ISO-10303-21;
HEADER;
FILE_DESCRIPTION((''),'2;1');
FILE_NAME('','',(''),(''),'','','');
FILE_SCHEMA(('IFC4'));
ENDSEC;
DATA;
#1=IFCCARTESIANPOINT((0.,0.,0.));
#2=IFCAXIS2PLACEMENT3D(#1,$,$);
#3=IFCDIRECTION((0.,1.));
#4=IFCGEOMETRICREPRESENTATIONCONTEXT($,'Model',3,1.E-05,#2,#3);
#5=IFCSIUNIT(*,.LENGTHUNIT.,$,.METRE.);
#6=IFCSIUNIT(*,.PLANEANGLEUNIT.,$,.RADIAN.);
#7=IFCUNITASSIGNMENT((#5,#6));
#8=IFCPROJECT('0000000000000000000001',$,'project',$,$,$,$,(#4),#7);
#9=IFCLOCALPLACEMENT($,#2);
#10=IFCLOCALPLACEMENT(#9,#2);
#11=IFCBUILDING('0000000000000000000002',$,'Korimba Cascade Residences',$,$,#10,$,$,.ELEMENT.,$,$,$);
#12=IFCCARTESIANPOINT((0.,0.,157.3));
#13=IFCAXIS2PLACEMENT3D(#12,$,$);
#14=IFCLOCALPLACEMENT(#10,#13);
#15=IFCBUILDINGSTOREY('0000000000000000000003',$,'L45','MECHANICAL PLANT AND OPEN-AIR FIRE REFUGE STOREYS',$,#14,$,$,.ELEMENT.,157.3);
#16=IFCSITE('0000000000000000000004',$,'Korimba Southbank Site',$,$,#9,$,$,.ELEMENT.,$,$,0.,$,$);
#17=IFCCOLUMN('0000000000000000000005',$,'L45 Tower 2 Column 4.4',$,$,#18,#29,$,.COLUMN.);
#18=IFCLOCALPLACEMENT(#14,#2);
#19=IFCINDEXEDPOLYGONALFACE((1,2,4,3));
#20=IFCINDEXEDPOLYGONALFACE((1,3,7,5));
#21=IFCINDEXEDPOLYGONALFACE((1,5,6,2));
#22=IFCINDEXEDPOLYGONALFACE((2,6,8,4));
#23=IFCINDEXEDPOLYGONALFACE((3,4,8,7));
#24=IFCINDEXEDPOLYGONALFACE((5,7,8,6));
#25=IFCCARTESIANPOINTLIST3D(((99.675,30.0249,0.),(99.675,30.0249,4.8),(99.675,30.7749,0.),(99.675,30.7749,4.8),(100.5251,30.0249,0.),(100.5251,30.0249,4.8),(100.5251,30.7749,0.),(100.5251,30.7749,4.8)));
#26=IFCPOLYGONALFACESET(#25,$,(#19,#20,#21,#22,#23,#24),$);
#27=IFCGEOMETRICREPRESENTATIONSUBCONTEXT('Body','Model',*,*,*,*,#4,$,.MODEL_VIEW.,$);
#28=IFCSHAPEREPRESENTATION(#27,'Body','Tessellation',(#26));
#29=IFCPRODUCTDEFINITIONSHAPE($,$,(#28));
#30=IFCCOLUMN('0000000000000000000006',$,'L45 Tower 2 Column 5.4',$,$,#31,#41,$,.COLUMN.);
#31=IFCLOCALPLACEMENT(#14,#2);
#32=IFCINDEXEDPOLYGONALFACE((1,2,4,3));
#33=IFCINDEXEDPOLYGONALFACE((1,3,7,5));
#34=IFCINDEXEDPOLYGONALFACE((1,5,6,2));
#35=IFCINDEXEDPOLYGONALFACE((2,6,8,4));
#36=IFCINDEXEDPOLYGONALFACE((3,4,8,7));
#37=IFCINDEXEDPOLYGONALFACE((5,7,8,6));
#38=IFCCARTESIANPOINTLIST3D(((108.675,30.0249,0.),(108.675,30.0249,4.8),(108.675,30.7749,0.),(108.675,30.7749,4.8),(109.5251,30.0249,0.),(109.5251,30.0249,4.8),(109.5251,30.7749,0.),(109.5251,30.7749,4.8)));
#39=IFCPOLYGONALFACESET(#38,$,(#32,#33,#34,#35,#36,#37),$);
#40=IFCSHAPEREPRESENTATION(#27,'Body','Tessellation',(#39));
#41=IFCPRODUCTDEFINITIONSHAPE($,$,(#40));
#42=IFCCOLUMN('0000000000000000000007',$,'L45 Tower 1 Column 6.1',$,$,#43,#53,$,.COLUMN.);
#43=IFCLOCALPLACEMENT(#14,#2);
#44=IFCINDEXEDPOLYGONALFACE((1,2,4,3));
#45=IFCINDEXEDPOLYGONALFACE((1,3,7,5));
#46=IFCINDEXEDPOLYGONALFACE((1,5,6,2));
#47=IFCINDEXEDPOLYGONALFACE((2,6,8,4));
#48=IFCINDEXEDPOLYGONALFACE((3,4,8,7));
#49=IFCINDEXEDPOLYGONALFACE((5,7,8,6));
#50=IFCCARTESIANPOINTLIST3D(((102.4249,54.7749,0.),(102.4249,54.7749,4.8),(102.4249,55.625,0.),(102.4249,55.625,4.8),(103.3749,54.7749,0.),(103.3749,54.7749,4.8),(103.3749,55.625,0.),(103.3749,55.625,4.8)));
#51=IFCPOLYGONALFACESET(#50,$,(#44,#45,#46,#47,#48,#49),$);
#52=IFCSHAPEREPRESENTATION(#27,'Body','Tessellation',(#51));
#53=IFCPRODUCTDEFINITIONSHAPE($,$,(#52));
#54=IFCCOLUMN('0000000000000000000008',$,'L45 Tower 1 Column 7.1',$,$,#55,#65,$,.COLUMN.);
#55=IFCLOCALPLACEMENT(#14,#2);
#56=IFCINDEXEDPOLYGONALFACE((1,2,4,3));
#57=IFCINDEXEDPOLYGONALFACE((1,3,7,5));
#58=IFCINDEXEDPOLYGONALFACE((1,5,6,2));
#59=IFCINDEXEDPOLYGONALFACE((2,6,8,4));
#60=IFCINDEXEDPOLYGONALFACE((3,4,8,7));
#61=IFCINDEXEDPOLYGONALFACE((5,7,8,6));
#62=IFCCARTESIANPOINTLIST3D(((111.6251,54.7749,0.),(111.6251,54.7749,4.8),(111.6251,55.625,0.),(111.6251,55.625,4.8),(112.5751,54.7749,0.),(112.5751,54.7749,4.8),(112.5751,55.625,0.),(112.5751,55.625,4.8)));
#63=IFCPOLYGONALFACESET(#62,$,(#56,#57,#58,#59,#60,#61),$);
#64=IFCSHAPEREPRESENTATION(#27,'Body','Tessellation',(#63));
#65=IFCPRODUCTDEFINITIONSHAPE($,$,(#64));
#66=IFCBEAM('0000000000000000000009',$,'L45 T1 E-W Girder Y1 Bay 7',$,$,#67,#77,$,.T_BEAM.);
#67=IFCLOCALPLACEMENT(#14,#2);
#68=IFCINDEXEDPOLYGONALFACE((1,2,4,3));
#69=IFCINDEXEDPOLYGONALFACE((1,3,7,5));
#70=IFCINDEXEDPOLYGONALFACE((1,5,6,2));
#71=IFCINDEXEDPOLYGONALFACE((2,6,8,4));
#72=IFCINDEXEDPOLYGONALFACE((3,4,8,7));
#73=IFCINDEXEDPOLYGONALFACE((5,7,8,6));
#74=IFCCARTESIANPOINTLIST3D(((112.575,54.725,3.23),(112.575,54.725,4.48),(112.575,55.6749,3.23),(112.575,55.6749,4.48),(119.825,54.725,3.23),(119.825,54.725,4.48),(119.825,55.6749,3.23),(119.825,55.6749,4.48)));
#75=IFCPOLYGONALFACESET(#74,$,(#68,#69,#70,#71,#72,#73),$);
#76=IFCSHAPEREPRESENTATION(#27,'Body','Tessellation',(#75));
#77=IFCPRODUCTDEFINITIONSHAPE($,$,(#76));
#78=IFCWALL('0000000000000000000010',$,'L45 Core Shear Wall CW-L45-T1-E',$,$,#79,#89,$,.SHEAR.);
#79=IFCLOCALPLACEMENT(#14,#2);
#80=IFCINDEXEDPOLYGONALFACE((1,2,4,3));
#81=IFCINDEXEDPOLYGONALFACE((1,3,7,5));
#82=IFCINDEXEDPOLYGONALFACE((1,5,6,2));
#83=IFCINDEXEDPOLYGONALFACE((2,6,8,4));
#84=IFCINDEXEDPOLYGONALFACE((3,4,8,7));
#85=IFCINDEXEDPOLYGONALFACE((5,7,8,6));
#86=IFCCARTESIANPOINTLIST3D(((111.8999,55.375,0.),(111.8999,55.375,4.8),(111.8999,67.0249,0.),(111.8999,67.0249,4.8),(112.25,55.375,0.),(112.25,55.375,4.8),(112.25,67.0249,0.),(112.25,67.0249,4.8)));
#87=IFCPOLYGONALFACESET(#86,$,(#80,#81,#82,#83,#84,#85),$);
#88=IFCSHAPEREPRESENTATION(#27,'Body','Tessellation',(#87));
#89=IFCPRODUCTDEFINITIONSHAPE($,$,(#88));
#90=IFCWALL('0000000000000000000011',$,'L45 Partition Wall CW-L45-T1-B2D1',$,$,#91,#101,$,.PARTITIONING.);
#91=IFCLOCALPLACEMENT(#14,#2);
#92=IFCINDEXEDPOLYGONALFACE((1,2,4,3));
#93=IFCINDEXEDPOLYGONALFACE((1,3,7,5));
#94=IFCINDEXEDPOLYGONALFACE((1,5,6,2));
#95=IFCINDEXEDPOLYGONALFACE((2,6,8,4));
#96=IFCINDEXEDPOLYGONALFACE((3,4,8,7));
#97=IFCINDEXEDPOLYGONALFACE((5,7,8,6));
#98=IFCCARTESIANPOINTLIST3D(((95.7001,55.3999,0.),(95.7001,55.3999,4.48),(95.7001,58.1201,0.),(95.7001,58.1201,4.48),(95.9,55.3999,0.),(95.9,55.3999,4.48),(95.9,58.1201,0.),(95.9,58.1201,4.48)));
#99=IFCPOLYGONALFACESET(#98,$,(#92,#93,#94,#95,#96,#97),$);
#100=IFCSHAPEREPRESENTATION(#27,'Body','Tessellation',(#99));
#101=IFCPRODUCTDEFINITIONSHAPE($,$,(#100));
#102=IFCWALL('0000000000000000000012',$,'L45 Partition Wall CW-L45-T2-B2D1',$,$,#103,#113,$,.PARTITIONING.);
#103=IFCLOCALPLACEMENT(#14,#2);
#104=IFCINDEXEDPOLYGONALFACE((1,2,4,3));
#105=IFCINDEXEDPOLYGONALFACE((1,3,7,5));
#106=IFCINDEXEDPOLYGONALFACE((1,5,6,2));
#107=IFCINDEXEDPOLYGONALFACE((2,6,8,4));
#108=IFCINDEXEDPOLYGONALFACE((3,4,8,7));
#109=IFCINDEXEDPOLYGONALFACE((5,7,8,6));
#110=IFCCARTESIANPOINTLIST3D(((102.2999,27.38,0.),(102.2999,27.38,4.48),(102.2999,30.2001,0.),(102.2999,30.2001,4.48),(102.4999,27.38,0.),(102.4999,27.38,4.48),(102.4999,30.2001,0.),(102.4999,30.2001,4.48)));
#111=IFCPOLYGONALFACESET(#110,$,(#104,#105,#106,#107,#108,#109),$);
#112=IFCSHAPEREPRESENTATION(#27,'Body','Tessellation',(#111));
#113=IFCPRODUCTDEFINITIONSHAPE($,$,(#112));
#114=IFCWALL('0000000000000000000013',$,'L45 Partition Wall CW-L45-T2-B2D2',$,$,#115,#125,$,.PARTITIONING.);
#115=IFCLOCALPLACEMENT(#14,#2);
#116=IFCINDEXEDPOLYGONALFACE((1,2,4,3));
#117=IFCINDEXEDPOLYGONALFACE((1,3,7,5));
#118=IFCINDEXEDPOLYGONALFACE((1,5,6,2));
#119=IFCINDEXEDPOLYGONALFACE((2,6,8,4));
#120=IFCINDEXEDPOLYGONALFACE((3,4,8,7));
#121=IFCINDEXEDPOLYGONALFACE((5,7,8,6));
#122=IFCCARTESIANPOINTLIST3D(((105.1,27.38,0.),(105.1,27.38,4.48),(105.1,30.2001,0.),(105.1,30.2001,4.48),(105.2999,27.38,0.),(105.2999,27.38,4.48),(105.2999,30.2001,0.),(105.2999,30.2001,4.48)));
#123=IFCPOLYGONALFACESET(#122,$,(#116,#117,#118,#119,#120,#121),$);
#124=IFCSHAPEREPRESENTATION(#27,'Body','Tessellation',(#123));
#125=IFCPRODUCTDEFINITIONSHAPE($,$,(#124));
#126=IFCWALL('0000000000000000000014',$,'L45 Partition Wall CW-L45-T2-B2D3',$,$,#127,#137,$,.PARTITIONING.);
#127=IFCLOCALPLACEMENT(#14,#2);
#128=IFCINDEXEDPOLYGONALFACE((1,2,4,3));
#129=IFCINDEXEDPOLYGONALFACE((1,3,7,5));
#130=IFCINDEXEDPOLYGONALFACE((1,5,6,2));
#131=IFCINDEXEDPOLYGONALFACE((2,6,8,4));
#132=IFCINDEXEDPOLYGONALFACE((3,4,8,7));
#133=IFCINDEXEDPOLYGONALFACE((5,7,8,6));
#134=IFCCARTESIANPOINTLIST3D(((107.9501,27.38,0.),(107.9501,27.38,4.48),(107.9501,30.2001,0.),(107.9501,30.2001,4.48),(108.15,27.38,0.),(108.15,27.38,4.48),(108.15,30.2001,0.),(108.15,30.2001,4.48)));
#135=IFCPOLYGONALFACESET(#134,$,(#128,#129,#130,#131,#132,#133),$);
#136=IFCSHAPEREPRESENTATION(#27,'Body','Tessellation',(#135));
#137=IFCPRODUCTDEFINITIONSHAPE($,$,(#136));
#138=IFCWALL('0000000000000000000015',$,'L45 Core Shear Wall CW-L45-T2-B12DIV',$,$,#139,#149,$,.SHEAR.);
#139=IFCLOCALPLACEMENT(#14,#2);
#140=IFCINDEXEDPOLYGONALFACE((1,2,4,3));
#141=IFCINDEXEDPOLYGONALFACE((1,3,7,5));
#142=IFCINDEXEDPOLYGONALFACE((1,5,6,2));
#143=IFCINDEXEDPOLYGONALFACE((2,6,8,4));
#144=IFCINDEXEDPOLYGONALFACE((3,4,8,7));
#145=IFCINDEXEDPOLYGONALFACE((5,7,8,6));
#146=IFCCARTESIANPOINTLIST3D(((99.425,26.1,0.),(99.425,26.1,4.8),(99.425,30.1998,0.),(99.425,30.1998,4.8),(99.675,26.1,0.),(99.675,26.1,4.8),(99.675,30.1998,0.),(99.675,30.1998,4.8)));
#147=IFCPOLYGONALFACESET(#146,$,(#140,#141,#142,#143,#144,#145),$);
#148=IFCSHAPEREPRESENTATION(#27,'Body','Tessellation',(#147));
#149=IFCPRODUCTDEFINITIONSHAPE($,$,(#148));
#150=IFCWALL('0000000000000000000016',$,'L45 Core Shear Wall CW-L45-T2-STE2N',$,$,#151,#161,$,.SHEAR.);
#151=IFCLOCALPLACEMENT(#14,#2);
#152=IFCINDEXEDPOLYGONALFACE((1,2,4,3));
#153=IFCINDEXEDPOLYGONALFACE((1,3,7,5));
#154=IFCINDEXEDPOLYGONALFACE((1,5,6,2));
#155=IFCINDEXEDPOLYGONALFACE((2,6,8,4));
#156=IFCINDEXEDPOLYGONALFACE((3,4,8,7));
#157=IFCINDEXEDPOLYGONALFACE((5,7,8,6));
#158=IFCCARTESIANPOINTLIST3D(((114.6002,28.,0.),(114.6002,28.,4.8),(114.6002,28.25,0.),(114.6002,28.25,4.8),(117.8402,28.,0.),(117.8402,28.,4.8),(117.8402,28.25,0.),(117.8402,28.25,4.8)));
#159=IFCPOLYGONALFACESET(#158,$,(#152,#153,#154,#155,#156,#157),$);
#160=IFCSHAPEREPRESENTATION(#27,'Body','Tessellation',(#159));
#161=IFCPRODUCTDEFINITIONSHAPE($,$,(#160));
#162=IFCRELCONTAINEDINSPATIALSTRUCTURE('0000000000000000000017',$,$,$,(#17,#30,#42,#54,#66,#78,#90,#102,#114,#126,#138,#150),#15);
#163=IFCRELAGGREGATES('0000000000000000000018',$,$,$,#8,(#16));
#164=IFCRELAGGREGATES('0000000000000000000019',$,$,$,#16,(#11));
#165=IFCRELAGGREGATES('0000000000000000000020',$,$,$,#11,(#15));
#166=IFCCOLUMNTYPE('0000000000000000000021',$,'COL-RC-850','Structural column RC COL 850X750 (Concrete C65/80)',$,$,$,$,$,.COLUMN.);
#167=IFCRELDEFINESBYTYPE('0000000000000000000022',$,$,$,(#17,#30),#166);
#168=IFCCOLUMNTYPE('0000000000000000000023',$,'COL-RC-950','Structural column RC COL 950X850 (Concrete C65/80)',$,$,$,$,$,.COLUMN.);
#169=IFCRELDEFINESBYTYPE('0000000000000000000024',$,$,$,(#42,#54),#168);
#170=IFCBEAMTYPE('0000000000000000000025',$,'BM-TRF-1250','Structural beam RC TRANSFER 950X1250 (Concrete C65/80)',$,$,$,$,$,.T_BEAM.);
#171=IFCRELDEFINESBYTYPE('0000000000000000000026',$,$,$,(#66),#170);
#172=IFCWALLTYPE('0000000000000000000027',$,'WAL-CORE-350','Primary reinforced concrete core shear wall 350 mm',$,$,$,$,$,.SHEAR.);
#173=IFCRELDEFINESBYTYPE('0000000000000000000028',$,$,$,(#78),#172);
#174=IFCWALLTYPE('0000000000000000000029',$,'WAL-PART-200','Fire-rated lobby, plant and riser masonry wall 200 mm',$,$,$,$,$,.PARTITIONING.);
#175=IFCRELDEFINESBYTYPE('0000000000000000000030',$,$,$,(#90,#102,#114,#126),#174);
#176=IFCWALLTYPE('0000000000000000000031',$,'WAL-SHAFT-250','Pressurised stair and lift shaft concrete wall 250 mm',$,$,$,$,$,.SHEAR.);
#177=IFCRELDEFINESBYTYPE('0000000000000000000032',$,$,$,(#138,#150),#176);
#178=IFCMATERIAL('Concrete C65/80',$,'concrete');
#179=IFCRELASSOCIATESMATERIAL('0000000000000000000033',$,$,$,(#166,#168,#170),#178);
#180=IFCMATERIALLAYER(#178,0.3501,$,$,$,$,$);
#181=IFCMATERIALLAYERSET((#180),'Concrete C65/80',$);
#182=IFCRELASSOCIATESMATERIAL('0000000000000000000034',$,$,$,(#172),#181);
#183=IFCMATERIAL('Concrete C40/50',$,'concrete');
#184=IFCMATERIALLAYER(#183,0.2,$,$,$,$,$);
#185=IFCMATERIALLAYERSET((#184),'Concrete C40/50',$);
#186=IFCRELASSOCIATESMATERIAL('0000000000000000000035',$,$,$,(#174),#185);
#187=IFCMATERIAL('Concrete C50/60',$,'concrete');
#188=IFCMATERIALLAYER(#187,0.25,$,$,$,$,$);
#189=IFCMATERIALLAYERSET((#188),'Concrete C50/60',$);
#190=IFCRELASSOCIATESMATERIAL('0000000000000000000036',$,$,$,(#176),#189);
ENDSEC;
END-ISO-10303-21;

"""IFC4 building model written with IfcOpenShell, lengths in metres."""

from ifc_helpers import new_model, si_unit, direction, frame, frame_2d, origin, origin_2d, place, context, subcontext, project, spatial, rectangle, extrude, material, layer, layer_set, material_profile, profile_set, type_object, element, save


model = new_model("IFC4")

# Units and contexts
model_context = context("Model", 3, precision=1e-05, world=origin(), true_north=direction((0.0, 1.0)))
body_context = subcontext(model_context, "Body", "Model", "MODEL_VIEW")
ifc_project = project(units=[si_unit("LENGTHUNIT", "METRE"), si_unit("PLANEANGLEUNIT", "RADIAN")], contexts=[model_context])

# Site, building, storey
site_placement = place(None, origin())
site = spatial("IfcSite", under=ifc_project, at=site_placement, Name="Korimba Southbank Site", CompositionType="ELEMENT", RefElevation=0.0)
building_placement = place(site_placement, origin())
building = spatial("IfcBuilding", under=site, at=building_placement, Name="Korimba Cascade Residences", CompositionType="ELEMENT")
storey_placement = place(building_placement, frame((0.0, 0.0, 157.3)))
storey = spatial("IfcBuildingStorey", under=building, at=storey_placement, Name="L45", Description="MECHANICAL PLANT AND OPEN-AIR FIRE REFUGE STOREYS", CompositionType="ELEMENT", Elevation=157.3)

# Columns
ifc_material_1 = material(Name="Concrete C65/80", Category="concrete")
ifc_material_profile_1 = material_profile(ifc_material_1, rectangle(XDim=0.8501, YDim=0.75, at=origin_2d()), Name="Concrete C65/80")
ifc_profile_set_1 = profile_set([ifc_material_profile_1], Name="Concrete C65/80")
column_type_1 = type_object("IfcColumnType", Name="COL-RC-850", Description="Structural column RC COL 850X750 (Concrete C65/80)", PredefinedType="COLUMN", material=ifc_profile_set_1)
for number, where, z_axis, x_axis, name in (
    (1, (100.1001, 30.3999, 0.0), (0.0, 0.0, 1.0), (1.0, 0.0, 0.0), "L45 Tower 2 Column 4.4"),
    (2, (109.1001, 30.3999, 0.0), (0.0, 0.0, 1.0), (1.0, 0.0, 0.0), "L45 Tower 2 Column 5.4"),
):
    element("IfcColumn", number, at=place(storey_placement, frame(where, z_axis=z_axis, x_axis=x_axis)), inside=storey, type_object=column_type_1, Name=name, PredefinedType="COLUMN", context=body_context, shape_type="SweptSolid", body=[
        extrude(rectangle(XDim=0.8501, YDim=0.75, at=origin_2d()), origin(), (0.0, 0.0, 1.0), 4.8),
    ])
ifc_material_profile_2 = material_profile(ifc_material_1, rectangle(XDim=0.95, YDim=0.8501, at=origin_2d()), Name="Concrete C65/80")
ifc_profile_set_2 = profile_set([ifc_material_profile_2], Name="Concrete C65/80")
column_type_2 = type_object("IfcColumnType", Name="COL-RC-950", Description="Structural column RC COL 950X850 (Concrete C65/80)", PredefinedType="COLUMN", material=ifc_profile_set_2)
for number, where, z_axis, x_axis, name in (
    (3, (102.8999, 55.2, 0.0), (0.0, 0.0, 1.0), (1.0, 0.0, 0.0), "L45 Tower 1 Column 6.1"),
    (4, (112.1001, 55.2, 0.0), (0.0, 0.0, 1.0), (1.0, 0.0, 0.0), "L45 Tower 1 Column 7.1"),
):
    element("IfcColumn", number, at=place(storey_placement, frame(where, z_axis=z_axis, x_axis=x_axis)), inside=storey, type_object=column_type_2, Name=name, PredefinedType="COLUMN", context=body_context, shape_type="SweptSolid", body=[
        extrude(rectangle(XDim=0.95, YDim=0.8501, at=origin_2d()), origin(), (0.0, 0.0, 1.0), 4.8),
    ])

# Beam
ifc_material_profile_3 = material_profile(ifc_material_1, rectangle(XDim=0.95, YDim=1.25, at=origin_2d()), Name="Concrete C65/80")
ifc_profile_set_3 = profile_set([ifc_material_profile_3], Name="Concrete C65/80")
beam_type = type_object("IfcBeamType", Name="BM-TRF-1250", Description="Structural beam RC TRANSFER 950X1250 (Concrete C65/80)", PredefinedType="T_BEAM", material=ifc_profile_set_3)
beam_placement = place(storey_placement, frame((112.575, 55.2, 3.855), z_axis=(1.0, 0.0, 0.0), x_axis=(0.0, 1.0, 0.0)))
element("IfcBeam", 5, at=beam_placement, inside=storey, type_object=beam_type, Name="L45 T1 E-W Girder Y1 Bay 7", PredefinedType="T_BEAM", context=body_context, shape_type="SweptSolid", body=[
    extrude(rectangle(XDim=0.95, YDim=1.25, at=origin_2d()), origin(), (0.0, 0.0, 1.0), 7.25),
])

# Walls
ifc_layer_1 = layer(ifc_material_1, 0.3501)
ifc_layer_set_1 = layer_set([ifc_layer_1], Name="Concrete C65/80")
wall_type_1 = type_object("IfcWallType", Name="WAL-CORE-350", Description="Primary reinforced concrete core shear wall 350 mm", PredefinedType="SHEAR", material=ifc_layer_set_1)
wall_1_placement = place(storey_placement, frame((112.075, 55.375, 0.0), z_axis=(0.0, 0.0, 1.0), x_axis=(0.0, 1.0, 0.0)))
element("IfcWall", 6, at=wall_1_placement, inside=storey, type_object=wall_type_1, Name="L45 Core Shear Wall CW-L45-T1-E", PredefinedType="SHEAR", context=body_context, shape_type="SweptSolid", body=[
    extrude(rectangle(XDim=11.6499, YDim=0.3501, at=frame_2d((5.825, 0.0))), origin(), (0.0, 0.0, 1.0), 4.8),
])
ifc_material_2 = material(Name="Concrete C40/50", Category="concrete")
ifc_layer_2 = layer(ifc_material_2, 0.2)
ifc_layer_set_2 = layer_set([ifc_layer_2], Name="Concrete C40/50")
wall_type_2 = type_object("IfcWallType", Name="WAL-PART-200", Description="Fire-rated lobby, plant and riser masonry wall 200 mm", PredefinedType="PARTITIONING", material=ifc_layer_set_2)
wall_2_placement = place(storey_placement, frame((95.8, 55.3999, 0.0), z_axis=(0.0, 0.0, 1.0), x_axis=(0.0, 1.0, 0.0)))
element("IfcWall", 7, at=wall_2_placement, inside=storey, type_object=wall_type_2, Name="L45 Partition Wall CW-L45-T1-B2D1", PredefinedType="PARTITIONING", context=body_context, shape_type="SweptSolid", body=[
    extrude(rectangle(XDim=2.7202, YDim=0.2, at=frame_2d((1.3601, 0.0))), origin(), (0.0, 0.0, 1.0), 4.48),
])
for number, where, z_axis, x_axis, name in (
    (8, (102.3999, 27.3799, 0.0), (0.0, 0.0, 1.0), (0.0, 1.0, 0.0), "L45 Partition Wall CW-L45-T2-B2D1"),
    (9, (105.2, 27.3799, 0.0), (0.0, 0.0, 1.0), (0.0, 1.0, 0.0), "L45 Partition Wall CW-L45-T2-B2D2"),
    (10, (108.05, 27.3799, 0.0), (0.0, 0.0, 1.0), (0.0, 1.0, 0.0), "L45 Partition Wall CW-L45-T2-B2D3"),
):
    element("IfcWall", number, at=place(storey_placement, frame(where, z_axis=z_axis, x_axis=x_axis)), inside=storey, type_object=wall_type_2, Name=name, PredefinedType="PARTITIONING", context=body_context, shape_type="SweptSolid", body=[
        extrude(rectangle(XDim=2.8201, YDim=0.2, at=frame_2d((1.4102, 0.0))), origin(), (0.0, 0.0, 1.0), 4.48),
    ])
ifc_material_3 = material(Name="Concrete C50/60", Category="concrete")
ifc_layer_3 = layer(ifc_material_3, 0.25)
ifc_layer_set_3 = layer_set([ifc_layer_3], Name="Concrete C50/60")
wall_type_3 = type_object("IfcWallType", Name="WAL-SHAFT-250", Description="Pressurised stair and lift shaft concrete wall 250 mm", PredefinedType="SHEAR", material=ifc_layer_set_3)
wall_3_placement = place(storey_placement, frame((99.55, 26.1001, 0.0), z_axis=(0.0, 0.0, 1.0), x_axis=(0.0, 1.0, 0.0)))
element("IfcWall", 11, at=wall_3_placement, inside=storey, type_object=wall_type_3, Name="L45 Core Shear Wall CW-L45-T2-B12DIV", PredefinedType="SHEAR", context=body_context, shape_type="SweptSolid", body=[
    extrude(rectangle(XDim=4.0999, YDim=0.25, at=frame_2d((2.0498, 0.0))), origin(), (0.0, 0.0, 1.0), 4.8),
])

# Wall
wall_4_placement = place(storey_placement, frame((114.6001, 28.125, 0.0), z_axis=(0.0, 0.0, 1.0), x_axis=(1.0, 0.0, 0.0)))
element("IfcWall", 12, at=wall_4_placement, inside=storey, type_object=wall_type_3, Name="L45 Core Shear Wall CW-L45-T2-STE2N", PredefinedType="SHEAR", context=body_context, shape_type="SweptSolid", body=[
    extrude(rectangle(XDim=3.24, YDim=0.25, at=frame_2d((1.6201, 0.0))), origin(), (0.0, 0.0, 1.0), 4.8),
])

save(model, "model.ifc")
